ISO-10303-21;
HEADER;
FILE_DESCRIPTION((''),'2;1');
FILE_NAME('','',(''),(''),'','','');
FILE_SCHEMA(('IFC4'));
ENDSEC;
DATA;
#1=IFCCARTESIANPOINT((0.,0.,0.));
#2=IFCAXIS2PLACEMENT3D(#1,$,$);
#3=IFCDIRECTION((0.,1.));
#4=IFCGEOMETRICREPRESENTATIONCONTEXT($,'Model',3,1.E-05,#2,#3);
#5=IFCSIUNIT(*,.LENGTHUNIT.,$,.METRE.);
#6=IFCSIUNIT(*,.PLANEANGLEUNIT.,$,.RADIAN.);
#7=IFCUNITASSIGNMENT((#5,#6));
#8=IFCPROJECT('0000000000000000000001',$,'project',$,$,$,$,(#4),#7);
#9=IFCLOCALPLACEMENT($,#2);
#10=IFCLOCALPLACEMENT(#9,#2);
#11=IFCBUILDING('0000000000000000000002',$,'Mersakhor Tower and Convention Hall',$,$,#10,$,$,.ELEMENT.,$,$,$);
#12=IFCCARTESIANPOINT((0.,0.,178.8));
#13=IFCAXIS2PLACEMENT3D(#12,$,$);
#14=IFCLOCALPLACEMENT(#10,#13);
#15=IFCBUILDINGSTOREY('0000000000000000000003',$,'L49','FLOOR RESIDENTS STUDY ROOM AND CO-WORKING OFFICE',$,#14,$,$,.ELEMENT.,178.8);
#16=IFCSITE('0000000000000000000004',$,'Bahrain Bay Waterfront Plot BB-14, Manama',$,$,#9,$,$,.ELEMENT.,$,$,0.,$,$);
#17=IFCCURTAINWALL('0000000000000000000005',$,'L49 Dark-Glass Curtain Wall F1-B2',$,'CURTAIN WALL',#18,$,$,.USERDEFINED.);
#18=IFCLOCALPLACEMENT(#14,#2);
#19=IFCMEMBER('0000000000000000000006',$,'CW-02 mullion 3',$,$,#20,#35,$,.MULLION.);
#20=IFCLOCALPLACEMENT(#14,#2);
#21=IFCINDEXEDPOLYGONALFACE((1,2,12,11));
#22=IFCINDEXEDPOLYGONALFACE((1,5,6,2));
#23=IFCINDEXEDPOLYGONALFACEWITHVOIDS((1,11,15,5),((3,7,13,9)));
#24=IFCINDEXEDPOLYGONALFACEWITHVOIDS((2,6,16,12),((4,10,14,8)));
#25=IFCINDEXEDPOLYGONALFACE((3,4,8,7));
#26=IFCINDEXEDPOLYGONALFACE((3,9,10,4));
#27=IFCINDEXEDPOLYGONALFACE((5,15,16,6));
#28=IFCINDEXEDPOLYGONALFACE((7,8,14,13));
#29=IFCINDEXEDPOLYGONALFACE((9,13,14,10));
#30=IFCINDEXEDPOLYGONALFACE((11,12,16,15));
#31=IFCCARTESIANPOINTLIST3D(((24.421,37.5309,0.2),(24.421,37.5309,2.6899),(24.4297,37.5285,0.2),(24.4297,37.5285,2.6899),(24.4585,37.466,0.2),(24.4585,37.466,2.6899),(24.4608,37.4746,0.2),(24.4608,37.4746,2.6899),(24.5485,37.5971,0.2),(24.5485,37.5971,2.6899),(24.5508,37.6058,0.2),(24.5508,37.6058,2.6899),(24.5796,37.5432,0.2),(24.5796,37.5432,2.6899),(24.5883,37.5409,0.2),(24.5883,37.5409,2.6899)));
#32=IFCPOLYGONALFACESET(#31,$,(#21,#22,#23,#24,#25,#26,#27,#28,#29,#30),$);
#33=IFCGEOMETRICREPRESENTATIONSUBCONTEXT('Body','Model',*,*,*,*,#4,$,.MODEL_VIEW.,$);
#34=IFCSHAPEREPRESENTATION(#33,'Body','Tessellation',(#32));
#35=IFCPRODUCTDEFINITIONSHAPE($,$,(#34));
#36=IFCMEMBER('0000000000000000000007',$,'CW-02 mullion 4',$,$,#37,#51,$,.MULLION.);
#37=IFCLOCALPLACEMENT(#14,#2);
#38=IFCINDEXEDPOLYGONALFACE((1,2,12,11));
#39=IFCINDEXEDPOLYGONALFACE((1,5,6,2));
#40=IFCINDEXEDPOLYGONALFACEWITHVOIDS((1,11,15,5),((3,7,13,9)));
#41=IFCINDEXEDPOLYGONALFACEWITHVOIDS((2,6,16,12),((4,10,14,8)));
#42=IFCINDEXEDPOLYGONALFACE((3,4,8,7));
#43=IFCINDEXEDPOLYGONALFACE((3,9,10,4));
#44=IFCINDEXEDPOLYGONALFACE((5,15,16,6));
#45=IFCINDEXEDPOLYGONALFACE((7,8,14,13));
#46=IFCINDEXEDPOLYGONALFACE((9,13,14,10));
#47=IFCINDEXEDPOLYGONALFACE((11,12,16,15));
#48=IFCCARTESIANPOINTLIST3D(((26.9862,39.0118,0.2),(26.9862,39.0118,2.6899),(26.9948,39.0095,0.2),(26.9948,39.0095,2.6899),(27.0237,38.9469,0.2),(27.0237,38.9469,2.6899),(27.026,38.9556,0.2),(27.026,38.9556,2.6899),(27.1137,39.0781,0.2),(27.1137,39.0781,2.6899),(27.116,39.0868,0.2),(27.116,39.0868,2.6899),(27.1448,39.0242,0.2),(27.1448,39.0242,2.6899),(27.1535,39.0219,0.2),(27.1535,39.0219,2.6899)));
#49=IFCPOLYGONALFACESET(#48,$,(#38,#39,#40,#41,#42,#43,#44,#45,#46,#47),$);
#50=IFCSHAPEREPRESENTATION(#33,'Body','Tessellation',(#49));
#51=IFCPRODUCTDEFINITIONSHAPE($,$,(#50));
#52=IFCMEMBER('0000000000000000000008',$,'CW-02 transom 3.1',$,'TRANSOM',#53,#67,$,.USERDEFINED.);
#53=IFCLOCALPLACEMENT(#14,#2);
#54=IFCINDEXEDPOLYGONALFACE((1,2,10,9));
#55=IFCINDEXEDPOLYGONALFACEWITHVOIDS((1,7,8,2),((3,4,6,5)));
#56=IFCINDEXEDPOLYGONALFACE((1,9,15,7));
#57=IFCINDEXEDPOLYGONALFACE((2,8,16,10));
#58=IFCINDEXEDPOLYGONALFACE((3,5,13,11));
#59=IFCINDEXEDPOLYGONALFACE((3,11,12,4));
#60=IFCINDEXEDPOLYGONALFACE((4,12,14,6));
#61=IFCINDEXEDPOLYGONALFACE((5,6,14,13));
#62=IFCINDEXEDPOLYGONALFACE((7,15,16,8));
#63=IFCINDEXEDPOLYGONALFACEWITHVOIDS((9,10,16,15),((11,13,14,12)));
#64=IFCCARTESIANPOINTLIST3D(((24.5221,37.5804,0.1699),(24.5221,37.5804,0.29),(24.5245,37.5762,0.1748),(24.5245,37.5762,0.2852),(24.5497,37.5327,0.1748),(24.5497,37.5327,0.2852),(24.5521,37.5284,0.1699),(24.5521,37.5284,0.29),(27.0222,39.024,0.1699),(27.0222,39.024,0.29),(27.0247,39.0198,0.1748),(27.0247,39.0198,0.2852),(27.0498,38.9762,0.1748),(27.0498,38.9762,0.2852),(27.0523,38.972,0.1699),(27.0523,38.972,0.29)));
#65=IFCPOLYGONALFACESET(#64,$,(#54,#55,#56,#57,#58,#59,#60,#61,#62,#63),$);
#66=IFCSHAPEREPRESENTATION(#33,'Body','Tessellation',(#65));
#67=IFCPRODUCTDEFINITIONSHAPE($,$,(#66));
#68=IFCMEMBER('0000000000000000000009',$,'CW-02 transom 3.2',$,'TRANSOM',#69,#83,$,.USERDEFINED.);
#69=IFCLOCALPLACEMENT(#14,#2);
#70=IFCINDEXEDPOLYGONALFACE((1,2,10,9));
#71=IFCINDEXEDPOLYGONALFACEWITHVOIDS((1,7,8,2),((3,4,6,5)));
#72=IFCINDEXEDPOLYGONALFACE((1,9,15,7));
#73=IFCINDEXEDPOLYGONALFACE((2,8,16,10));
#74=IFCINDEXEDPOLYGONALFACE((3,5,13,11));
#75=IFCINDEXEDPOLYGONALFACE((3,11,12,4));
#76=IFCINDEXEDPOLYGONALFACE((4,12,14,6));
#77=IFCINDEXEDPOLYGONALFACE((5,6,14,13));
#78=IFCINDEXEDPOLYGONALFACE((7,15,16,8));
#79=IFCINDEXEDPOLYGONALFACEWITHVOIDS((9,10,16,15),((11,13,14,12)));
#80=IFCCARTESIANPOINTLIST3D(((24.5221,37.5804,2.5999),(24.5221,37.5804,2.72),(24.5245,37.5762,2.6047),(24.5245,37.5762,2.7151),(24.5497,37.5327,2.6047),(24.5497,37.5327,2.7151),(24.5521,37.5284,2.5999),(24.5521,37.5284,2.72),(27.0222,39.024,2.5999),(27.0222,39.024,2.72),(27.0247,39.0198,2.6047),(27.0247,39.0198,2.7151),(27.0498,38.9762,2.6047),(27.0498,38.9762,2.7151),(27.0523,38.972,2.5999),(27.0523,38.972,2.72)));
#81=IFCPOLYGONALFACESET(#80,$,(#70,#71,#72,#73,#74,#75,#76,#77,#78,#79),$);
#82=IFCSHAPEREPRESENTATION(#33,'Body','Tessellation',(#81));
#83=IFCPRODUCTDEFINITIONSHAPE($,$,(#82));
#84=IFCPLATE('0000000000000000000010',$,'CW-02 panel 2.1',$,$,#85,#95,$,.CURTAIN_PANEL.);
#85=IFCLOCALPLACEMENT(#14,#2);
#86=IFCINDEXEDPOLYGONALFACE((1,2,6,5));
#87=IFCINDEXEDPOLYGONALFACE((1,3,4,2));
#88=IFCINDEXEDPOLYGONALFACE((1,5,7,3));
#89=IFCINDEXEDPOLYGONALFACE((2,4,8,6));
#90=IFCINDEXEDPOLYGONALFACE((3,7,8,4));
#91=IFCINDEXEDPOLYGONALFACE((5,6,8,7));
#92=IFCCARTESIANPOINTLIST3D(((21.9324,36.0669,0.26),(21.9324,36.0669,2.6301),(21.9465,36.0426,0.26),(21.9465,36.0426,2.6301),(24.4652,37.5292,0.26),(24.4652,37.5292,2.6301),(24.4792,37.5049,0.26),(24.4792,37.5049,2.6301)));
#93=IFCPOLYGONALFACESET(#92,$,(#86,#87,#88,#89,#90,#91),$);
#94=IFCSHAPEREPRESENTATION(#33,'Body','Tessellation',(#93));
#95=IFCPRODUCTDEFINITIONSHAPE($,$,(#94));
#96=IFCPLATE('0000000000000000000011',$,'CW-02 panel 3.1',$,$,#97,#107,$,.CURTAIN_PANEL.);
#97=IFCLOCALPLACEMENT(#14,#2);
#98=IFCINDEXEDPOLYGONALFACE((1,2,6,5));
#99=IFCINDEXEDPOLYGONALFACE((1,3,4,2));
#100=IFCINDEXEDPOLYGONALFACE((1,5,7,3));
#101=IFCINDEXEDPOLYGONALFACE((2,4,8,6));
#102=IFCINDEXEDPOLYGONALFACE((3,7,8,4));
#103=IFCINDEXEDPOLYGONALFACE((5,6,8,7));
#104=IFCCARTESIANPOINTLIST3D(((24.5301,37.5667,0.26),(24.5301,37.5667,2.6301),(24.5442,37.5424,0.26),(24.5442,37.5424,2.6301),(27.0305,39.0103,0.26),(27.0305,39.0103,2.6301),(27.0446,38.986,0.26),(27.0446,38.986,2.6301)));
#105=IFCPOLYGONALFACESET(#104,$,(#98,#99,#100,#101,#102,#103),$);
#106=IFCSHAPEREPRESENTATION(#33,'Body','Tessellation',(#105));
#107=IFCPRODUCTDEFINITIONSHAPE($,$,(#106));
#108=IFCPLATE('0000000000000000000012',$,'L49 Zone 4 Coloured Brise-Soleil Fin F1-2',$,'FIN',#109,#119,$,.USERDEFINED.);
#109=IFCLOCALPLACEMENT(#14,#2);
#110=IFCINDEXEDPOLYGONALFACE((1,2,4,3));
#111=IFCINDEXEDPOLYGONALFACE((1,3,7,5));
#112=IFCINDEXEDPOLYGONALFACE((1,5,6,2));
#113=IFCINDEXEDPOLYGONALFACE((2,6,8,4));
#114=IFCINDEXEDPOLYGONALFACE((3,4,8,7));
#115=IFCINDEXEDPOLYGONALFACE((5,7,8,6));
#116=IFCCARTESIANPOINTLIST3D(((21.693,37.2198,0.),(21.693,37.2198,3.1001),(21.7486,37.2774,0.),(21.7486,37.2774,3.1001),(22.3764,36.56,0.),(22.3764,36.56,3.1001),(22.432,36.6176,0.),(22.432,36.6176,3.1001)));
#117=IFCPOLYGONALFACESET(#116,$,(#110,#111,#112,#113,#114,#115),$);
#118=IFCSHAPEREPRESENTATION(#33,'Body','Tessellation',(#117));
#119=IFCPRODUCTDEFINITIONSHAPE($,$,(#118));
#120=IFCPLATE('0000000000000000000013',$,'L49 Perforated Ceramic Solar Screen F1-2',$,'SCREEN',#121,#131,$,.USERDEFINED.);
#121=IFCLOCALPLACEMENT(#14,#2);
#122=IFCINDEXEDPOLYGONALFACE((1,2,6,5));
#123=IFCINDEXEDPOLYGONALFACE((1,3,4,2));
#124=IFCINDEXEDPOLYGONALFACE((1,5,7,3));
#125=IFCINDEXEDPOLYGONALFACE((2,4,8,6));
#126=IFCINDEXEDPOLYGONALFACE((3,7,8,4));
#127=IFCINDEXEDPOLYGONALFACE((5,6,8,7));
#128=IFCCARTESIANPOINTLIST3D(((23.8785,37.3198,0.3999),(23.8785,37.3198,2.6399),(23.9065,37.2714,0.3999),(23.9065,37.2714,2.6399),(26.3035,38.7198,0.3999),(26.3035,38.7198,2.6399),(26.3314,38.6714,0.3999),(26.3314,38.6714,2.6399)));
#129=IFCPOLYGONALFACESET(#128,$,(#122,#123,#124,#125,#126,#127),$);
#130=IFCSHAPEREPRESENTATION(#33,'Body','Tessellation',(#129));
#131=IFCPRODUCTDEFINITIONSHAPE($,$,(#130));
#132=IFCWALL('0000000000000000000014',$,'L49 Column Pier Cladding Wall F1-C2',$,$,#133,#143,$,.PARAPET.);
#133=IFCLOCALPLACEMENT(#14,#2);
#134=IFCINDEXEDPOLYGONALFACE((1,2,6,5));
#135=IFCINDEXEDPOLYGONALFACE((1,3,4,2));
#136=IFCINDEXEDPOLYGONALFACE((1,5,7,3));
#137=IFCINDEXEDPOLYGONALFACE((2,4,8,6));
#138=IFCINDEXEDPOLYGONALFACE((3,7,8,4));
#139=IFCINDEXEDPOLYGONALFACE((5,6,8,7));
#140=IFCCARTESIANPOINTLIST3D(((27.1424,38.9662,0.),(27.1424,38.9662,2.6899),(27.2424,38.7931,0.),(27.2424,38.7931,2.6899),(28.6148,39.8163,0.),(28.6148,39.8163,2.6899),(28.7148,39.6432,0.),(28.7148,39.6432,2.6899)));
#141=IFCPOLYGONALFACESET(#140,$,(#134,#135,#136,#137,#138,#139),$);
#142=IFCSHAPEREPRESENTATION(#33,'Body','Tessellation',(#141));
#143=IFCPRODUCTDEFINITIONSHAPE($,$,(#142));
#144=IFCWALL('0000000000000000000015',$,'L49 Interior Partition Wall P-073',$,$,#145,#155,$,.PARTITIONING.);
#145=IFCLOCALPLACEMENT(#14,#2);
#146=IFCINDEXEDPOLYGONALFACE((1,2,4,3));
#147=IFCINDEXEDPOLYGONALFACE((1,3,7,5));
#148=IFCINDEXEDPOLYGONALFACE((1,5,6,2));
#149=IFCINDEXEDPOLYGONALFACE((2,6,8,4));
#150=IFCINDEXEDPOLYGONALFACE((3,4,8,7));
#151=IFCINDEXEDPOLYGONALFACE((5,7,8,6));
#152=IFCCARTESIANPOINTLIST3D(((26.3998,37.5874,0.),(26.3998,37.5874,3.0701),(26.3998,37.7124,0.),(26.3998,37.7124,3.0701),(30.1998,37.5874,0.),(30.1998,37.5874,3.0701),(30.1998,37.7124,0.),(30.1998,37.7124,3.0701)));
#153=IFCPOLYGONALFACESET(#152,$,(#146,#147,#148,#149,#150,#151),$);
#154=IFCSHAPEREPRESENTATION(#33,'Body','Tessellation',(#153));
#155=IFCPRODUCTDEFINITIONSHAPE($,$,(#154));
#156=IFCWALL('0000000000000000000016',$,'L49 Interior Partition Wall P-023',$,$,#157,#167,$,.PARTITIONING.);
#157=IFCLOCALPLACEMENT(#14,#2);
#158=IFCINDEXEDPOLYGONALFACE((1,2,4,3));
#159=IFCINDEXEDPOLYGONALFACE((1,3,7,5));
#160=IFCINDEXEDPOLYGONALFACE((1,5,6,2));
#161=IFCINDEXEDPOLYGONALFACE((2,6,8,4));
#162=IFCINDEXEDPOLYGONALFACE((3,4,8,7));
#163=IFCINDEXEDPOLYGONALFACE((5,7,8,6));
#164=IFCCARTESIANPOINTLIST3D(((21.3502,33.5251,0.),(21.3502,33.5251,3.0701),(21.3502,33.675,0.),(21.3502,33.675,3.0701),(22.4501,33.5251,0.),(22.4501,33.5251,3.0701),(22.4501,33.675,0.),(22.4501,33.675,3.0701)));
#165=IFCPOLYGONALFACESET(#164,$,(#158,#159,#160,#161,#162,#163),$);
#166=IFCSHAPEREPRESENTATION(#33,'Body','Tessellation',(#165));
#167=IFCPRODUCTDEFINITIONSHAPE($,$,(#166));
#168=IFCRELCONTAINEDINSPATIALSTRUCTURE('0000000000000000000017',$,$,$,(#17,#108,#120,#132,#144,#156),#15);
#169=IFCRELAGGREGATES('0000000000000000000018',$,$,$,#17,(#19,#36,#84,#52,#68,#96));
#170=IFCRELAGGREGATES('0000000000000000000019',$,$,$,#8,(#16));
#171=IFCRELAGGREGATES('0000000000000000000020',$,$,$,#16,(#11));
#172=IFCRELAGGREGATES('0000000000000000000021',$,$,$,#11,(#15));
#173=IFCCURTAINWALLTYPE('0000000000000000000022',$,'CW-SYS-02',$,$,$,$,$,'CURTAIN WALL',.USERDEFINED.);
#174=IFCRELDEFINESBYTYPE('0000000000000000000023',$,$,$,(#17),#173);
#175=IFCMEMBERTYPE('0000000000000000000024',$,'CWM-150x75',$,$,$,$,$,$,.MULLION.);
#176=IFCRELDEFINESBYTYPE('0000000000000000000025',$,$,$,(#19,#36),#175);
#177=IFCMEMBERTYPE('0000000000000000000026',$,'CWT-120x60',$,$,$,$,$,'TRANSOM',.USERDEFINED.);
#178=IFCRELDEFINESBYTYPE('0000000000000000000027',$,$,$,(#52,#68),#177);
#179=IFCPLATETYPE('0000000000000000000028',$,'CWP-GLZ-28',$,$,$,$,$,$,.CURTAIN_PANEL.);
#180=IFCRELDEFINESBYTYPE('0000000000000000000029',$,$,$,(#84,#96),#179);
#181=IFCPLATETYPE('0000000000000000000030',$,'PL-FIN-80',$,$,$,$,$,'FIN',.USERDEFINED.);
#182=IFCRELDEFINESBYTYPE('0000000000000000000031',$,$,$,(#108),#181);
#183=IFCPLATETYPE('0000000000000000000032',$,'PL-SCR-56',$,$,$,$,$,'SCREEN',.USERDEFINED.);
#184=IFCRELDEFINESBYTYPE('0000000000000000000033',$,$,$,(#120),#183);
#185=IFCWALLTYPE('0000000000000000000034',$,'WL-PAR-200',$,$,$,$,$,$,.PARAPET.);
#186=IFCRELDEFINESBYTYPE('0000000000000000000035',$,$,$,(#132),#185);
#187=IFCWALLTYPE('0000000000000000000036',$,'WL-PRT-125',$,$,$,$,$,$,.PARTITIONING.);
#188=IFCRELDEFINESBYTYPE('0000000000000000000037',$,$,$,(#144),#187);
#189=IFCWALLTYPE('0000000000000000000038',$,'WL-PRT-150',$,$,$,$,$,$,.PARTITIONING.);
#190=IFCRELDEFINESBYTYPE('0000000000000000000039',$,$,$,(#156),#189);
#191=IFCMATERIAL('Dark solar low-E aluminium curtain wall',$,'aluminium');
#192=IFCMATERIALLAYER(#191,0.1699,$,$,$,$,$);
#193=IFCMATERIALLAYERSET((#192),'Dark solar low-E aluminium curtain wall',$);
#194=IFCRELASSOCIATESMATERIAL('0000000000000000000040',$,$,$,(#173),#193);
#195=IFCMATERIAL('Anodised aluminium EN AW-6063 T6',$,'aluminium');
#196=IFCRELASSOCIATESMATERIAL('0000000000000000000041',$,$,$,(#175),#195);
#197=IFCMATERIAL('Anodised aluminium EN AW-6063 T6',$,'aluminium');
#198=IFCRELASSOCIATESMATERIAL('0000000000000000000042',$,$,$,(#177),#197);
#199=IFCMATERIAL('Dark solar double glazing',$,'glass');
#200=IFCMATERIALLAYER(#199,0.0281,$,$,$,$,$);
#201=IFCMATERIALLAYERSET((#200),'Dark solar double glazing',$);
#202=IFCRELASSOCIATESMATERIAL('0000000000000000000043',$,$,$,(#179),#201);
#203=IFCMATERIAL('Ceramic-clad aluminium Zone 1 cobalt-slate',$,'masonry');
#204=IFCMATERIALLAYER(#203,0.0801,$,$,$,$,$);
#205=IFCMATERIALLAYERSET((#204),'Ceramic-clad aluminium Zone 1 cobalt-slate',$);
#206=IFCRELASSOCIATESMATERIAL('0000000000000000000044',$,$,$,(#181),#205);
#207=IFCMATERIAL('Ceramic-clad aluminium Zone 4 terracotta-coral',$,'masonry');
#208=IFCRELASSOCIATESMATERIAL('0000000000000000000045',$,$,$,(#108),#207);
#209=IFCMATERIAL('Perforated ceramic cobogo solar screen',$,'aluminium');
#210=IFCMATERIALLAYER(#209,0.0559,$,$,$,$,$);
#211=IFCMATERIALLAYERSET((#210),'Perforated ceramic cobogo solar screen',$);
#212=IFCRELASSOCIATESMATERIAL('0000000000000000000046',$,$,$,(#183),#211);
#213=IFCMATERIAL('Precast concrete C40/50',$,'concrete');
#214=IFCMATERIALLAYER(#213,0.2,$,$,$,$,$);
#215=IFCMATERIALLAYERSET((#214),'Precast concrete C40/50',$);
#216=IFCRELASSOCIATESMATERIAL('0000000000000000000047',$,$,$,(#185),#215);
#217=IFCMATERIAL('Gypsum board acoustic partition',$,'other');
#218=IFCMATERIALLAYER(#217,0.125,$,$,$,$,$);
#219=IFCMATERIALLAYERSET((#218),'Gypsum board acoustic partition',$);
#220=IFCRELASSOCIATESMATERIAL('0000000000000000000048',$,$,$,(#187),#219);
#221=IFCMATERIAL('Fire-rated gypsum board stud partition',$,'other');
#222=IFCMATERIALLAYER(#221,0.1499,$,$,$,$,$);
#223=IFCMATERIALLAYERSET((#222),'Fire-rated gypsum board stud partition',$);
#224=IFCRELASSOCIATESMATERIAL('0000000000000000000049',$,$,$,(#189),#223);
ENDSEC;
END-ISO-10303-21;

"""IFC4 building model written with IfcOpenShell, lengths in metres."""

from ifc_helpers import new_model, si_unit, direction, frame, frame_2d, origin, origin_2d, place, context, subcontext, project, spatial, rectangle, hollow_rectangle, extrude, material, layer, layer_set, material_profile, profile_set, type_object, element, aggregate, save


model = new_model("IFC4")

# Units and contexts
model_context = context("Model", 3, precision=1e-05, world=origin(), true_north=direction((0.0, 1.0)))
body_context = subcontext(model_context, "Body", "Model", "MODEL_VIEW")
ifc_project = project(units=[si_unit("LENGTHUNIT", "METRE"), si_unit("PLANEANGLEUNIT", "RADIAN")], contexts=[model_context])

# Site, building, storey
site_placement = place(None, origin())
site = spatial("IfcSite", under=ifc_project, at=site_placement, Name="Bahrain Bay Waterfront Plot BB-14, Manama", CompositionType="ELEMENT", RefElevation=0.0)
building_placement = place(site_placement, origin())
building = spatial("IfcBuilding", under=site, at=building_placement, Name="Mersakhor Tower and Convention Hall", CompositionType="ELEMENT")
storey_placement = place(building_placement, frame((0.0, 0.0, 178.8)))
storey = spatial("IfcBuildingStorey", under=building, at=storey_placement, Name="L49", Description="FLOOR RESIDENTS STUDY ROOM AND CO-WORKING OFFICE", CompositionType="ELEMENT", Elevation=178.8)

# Curtain wall, members, plates
ifc_material_1 = material(Name="Dark solar low-E aluminium curtain wall", Category="aluminium")
ifc_layer_1 = layer(ifc_material_1, 0.1699)
ifc_layer_set_1 = layer_set([ifc_layer_1], Name="Dark solar low-E aluminium curtain wall")
curtain_wall_type = type_object("IfcCurtainWallType", Name="CW-SYS-02", ElementType="CURTAIN WALL", PredefinedType="USERDEFINED", material=ifc_layer_set_1)
curtain_wall_placement = place(storey_placement, origin())
curtain_wall = element("IfcCurtainWall", 1, at=curtain_wall_placement, inside=storey, type_object=curtain_wall_type, Name="L49 Dark-Glass Curtain Wall F1-B2", ObjectType="CURTAIN WALL", PredefinedType="USERDEFINED")
ifc_material_2 = material(Name="Anodised aluminium EN AW-6063 T6", Category="aluminium")
ifc_material_profile_1 = material_profile(ifc_material_2, hollow_rectangle(XDim=0.075, YDim=0.1499, WallThickness=0.0063, at=origin_2d()), Name="RHS 150x75x6.3")
ifc_profile_set_1 = profile_set([ifc_material_profile_1], Name="Anodised aluminium EN AW-6063 T6")
member_type_1 = type_object("IfcMemberType", Name="CWM-150x75", PredefinedType="MULLION", material=ifc_profile_set_1)
member_1_placement = place(storey_placement, frame((24.5046, 37.5359, 0.2), z_axis=(0.0, 0.0, 1.0), x_axis=(-0.500008, 0.866021, 0.0)))
member_1 = element("IfcMember", 2, at=member_1_placement, type_object=member_type_1, Name="CW-02 mullion 3", PredefinedType="MULLION", context=body_context, shape_type="SweptSolid", body=[
    extrude(hollow_rectangle(XDim=0.075, YDim=0.1499, WallThickness=0.0063, at=origin_2d()), origin(), (0.0, 0.0, 1.0), 2.49),
])
member_2_placement = place(storey_placement, frame((27.0698, 39.0168, 0.2), z_axis=(0.0, 0.0, 1.0), x_axis=(-0.500008, 0.866021, 0.0)))
member_2 = element("IfcMember", 3, at=member_2_placement, type_object=member_type_1, Name="CW-02 mullion 4", PredefinedType="MULLION", context=body_context, shape_type="SweptSolid", body=[
    extrude(hollow_rectangle(XDim=0.075, YDim=0.1499, WallThickness=0.0063, at=origin_2d()), origin(), (0.0, 0.0, 1.0), 2.49),
])
ifc_material_3 = material(Name="Anodised aluminium EN AW-6063 T6", Category="aluminium")
ifc_material_profile_2 = material_profile(ifc_material_3, hollow_rectangle(XDim=0.0601, YDim=0.1201, WallThickness=0.0049, at=origin_2d()), Name="RHS 120x60x5")
ifc_profile_set_2 = profile_set([ifc_material_profile_2], Name="Anodised aluminium EN AW-6063 T6")
member_type_2 = type_object("IfcMemberType", Name="CWT-120x60", ElementType="TRANSOM", PredefinedType="USERDEFINED", material=ifc_profile_set_2)
member_3_placement = place(storey_placement, frame((24.5371, 37.5544, 0.23), z_axis=(0.866012, 0.500023, 0.0), x_axis=(-0.500023, 0.866012, 0.0)))
member_3 = element("IfcMember", 4, at=member_3_placement, type_object=member_type_2, Name="CW-02 transom 3.1", ObjectType="TRANSOM", PredefinedType="USERDEFINED", context=body_context, shape_type="SweptSolid", body=[
    extrude(hollow_rectangle(XDim=0.0601, YDim=0.1201, WallThickness=0.0049, at=origin_2d()), origin(), (0.0, 0.0, 1.0), 2.887),
])
member_4_placement = place(storey_placement, frame((24.5371, 37.5544, 2.6599), z_axis=(0.866012, 0.500023, 0.0), x_axis=(-0.500023, 0.866012, 0.0)))
member_4 = element("IfcMember", 5, at=member_4_placement, type_object=member_type_2, Name="CW-02 transom 3.2", ObjectType="TRANSOM", PredefinedType="USERDEFINED", context=body_context, shape_type="SweptSolid", body=[
    extrude(hollow_rectangle(XDim=0.0601, YDim=0.1201, WallThickness=0.0049, at=origin_2d()), origin(), (0.0, 0.0, 1.0), 2.887),
])
ifc_material_4 = material(Name="Dark solar double glazing", Category="glass")
ifc_layer_2 = layer(ifc_material_4, 0.0281)
ifc_layer_set_2 = layer_set([ifc_layer_2], Name="Dark solar double glazing")
plate_type_1 = type_object("IfcPlateType", Name="CWP-GLZ-28", PredefinedType="CURTAIN_PANEL", material=ifc_layer_set_2)
plate_1_placement = place(storey_placement, frame((23.2058, 36.7859, 0.26), z_axis=(0.0, 0.0, 1.0), x_axis=(0.866021, 0.500008, 0.0)))
plate_1 = element("IfcPlate", 6, at=plate_1_placement, type_object=plate_type_1, Name="CW-02 panel 2.1", PredefinedType="CURTAIN_PANEL", context=body_context, shape_type="SweptSolid", body=[
    extrude(rectangle(XDim=2.9246, YDim=0.0281, at=origin_2d()), origin(), (0.0, 0.0, 1.0), 2.3701),
])
plate_2_placement = place(storey_placement, frame((25.7874, 38.2764, 0.26), z_axis=(0.0, 0.0, 1.0), x_axis=(0.866021, 0.500008, 0.0)))
plate_2 = element("IfcPlate", 7, at=plate_2_placement, type_object=plate_type_1, Name="CW-02 panel 3.1", PredefinedType="CURTAIN_PANEL", context=body_context, shape_type="SweptSolid", body=[
    extrude(rectangle(XDim=2.8872, YDim=0.0281, at=origin_2d()), origin(), (0.0, 0.0, 1.0), 2.3701),
])
aggregate(curtain_wall, [member_1, member_2, plate_1, member_3, member_4, plate_2])

# Plates
ifc_material_5 = material(Name="Ceramic-clad aluminium Zone 4 terracotta-coral", Category="masonry")
ifc_material_6 = material(Name="Ceramic-clad aluminium Zone 1 cobalt-slate", Category="masonry")
ifc_layer_3 = layer(ifc_material_6, 0.0801)
ifc_layer_set_3 = layer_set([ifc_layer_3], Name="Ceramic-clad aluminium Zone 1 cobalt-slate")
plate_type_2 = type_object("IfcPlateType", Name="PL-FIN-80", ElementType="FIN", PredefinedType="USERDEFINED", material=ifc_layer_set_3)
plate_3_placement = place(storey_placement, frame((22.0625, 36.9187, 0.0), z_axis=(0.0, 0.0, 1.0), x_axis=(-0.71934, 0.694658, 0.0)))
element("IfcPlate", 8, at=plate_3_placement, inside=storey, type_object=plate_type_2, material=ifc_material_5, Name="L49 Zone 4 Coloured Brise-Soleil Fin F1-2", ObjectType="FIN", PredefinedType="USERDEFINED", context=body_context, shape_type="SweptSolid", body=[
    extrude(rectangle(XDim=0.95, YDim=0.0801, at=origin_2d()), origin(), (0.0, 0.0, 1.0), 3.1001),
])
ifc_material_7 = material(Name="Perforated ceramic cobogo solar screen", Category="aluminium")
ifc_layer_4 = layer(ifc_material_7, 0.0559)
ifc_layer_set_4 = layer_set([ifc_layer_4], Name="Perforated ceramic cobogo solar screen")
plate_type_3 = type_object("IfcPlateType", Name="PL-SCR-56", ElementType="SCREEN", PredefinedType="USERDEFINED", material=ifc_layer_set_4)
plate_4_placement = place(storey_placement, frame((25.105, 37.9956, 0.3999), z_axis=(0.0, 0.0, 1.0), x_axis=(0.866025, 0.5, 0.0)))
element("IfcPlate", 9, at=plate_4_placement, inside=storey, type_object=plate_type_3, Name="L49 Perforated Ceramic Solar Screen F1-2", ObjectType="SCREEN", PredefinedType="USERDEFINED", context=body_context, shape_type="SweptSolid", body=[
    extrude(rectangle(XDim=2.8, YDim=0.0559, at=origin_2d()), origin(), (0.0, 0.0, 1.0), 2.24),
])

# Walls
ifc_material_8 = material(Name="Precast concrete C40/50", Category="concrete")
ifc_layer_5 = layer(ifc_material_8, 0.2)
ifc_layer_set_5 = layer_set([ifc_layer_5], Name="Precast concrete C40/50")
wall_type_1 = type_object("IfcWallType", Name="WL-PAR-200", PredefinedType="PARAPET", material=ifc_layer_set_5)
wall_1_placement = place(storey_placement, frame((27.1924, 38.8796, 0.0), z_axis=(0.0, 0.0, 1.0), x_axis=(0.866025, 0.5, 0.0)))
element("IfcWall", 10, at=wall_1_placement, inside=storey, type_object=wall_type_1, Name="L49 Column Pier Cladding Wall F1-C2", PredefinedType="PARAPET", context=body_context, shape_type="SweptSolid", body=[
    extrude(rectangle(XDim=1.7002, YDim=0.2, at=frame_2d((0.8501, 0.0))), origin(), (0.0, 0.0, 1.0), 2.6899),
])
ifc_material_9 = material(Name="Gypsum board acoustic partition", Category="other")
ifc_layer_6 = layer(ifc_material_9, 0.125)
ifc_layer_set_6 = layer_set([ifc_layer_6], Name="Gypsum board acoustic partition")
wall_type_2 = type_object("IfcWallType", Name="WL-PRT-125", PredefinedType="PARTITIONING", material=ifc_layer_set_6)
wall_2_placement = place(storey_placement, frame((26.3999, 37.6499, 0.0), z_axis=(0.0, 0.0, 1.0), x_axis=(1.0, 0.0, 0.0)))
element("IfcWall", 11, at=wall_2_placement, inside=storey, type_object=wall_type_2, Name="L49 Interior Partition Wall P-073", PredefinedType="PARTITIONING", context=body_context, shape_type="SweptSolid", body=[
    extrude(rectangle(XDim=3.8, YDim=0.125, at=frame_2d((1.8999, 0.0))), origin(), (0.0, 0.0, 1.0), 3.0701),
])
ifc_material_10 = material(Name="Fire-rated gypsum board stud partition", Category="other")
ifc_layer_7 = layer(ifc_material_10, 0.1499)
ifc_layer_set_7 = layer_set([ifc_layer_7], Name="Fire-rated gypsum board stud partition")
wall_type_3 = type_object("IfcWallType", Name="WL-PRT-150", PredefinedType="PARTITIONING", material=ifc_layer_set_7)
wall_3_placement = place(storey_placement, frame((22.45, 33.6001, 0.0), z_axis=(0.0, 0.0, 1.0), x_axis=(-1.0, 0.0, 0.0)))
element("IfcWall", 12, at=wall_3_placement, inside=storey, type_object=wall_type_3, Name="L49 Interior Partition Wall P-023", PredefinedType="PARTITIONING", context=body_context, shape_type="SweptSolid", body=[
    extrude(rectangle(XDim=1.0999, YDim=0.1499, at=frame_2d((0.5498, 0.0))), origin(), (0.0, 0.0, 1.0), 3.0701),
])

save(model, "model.ifc")
